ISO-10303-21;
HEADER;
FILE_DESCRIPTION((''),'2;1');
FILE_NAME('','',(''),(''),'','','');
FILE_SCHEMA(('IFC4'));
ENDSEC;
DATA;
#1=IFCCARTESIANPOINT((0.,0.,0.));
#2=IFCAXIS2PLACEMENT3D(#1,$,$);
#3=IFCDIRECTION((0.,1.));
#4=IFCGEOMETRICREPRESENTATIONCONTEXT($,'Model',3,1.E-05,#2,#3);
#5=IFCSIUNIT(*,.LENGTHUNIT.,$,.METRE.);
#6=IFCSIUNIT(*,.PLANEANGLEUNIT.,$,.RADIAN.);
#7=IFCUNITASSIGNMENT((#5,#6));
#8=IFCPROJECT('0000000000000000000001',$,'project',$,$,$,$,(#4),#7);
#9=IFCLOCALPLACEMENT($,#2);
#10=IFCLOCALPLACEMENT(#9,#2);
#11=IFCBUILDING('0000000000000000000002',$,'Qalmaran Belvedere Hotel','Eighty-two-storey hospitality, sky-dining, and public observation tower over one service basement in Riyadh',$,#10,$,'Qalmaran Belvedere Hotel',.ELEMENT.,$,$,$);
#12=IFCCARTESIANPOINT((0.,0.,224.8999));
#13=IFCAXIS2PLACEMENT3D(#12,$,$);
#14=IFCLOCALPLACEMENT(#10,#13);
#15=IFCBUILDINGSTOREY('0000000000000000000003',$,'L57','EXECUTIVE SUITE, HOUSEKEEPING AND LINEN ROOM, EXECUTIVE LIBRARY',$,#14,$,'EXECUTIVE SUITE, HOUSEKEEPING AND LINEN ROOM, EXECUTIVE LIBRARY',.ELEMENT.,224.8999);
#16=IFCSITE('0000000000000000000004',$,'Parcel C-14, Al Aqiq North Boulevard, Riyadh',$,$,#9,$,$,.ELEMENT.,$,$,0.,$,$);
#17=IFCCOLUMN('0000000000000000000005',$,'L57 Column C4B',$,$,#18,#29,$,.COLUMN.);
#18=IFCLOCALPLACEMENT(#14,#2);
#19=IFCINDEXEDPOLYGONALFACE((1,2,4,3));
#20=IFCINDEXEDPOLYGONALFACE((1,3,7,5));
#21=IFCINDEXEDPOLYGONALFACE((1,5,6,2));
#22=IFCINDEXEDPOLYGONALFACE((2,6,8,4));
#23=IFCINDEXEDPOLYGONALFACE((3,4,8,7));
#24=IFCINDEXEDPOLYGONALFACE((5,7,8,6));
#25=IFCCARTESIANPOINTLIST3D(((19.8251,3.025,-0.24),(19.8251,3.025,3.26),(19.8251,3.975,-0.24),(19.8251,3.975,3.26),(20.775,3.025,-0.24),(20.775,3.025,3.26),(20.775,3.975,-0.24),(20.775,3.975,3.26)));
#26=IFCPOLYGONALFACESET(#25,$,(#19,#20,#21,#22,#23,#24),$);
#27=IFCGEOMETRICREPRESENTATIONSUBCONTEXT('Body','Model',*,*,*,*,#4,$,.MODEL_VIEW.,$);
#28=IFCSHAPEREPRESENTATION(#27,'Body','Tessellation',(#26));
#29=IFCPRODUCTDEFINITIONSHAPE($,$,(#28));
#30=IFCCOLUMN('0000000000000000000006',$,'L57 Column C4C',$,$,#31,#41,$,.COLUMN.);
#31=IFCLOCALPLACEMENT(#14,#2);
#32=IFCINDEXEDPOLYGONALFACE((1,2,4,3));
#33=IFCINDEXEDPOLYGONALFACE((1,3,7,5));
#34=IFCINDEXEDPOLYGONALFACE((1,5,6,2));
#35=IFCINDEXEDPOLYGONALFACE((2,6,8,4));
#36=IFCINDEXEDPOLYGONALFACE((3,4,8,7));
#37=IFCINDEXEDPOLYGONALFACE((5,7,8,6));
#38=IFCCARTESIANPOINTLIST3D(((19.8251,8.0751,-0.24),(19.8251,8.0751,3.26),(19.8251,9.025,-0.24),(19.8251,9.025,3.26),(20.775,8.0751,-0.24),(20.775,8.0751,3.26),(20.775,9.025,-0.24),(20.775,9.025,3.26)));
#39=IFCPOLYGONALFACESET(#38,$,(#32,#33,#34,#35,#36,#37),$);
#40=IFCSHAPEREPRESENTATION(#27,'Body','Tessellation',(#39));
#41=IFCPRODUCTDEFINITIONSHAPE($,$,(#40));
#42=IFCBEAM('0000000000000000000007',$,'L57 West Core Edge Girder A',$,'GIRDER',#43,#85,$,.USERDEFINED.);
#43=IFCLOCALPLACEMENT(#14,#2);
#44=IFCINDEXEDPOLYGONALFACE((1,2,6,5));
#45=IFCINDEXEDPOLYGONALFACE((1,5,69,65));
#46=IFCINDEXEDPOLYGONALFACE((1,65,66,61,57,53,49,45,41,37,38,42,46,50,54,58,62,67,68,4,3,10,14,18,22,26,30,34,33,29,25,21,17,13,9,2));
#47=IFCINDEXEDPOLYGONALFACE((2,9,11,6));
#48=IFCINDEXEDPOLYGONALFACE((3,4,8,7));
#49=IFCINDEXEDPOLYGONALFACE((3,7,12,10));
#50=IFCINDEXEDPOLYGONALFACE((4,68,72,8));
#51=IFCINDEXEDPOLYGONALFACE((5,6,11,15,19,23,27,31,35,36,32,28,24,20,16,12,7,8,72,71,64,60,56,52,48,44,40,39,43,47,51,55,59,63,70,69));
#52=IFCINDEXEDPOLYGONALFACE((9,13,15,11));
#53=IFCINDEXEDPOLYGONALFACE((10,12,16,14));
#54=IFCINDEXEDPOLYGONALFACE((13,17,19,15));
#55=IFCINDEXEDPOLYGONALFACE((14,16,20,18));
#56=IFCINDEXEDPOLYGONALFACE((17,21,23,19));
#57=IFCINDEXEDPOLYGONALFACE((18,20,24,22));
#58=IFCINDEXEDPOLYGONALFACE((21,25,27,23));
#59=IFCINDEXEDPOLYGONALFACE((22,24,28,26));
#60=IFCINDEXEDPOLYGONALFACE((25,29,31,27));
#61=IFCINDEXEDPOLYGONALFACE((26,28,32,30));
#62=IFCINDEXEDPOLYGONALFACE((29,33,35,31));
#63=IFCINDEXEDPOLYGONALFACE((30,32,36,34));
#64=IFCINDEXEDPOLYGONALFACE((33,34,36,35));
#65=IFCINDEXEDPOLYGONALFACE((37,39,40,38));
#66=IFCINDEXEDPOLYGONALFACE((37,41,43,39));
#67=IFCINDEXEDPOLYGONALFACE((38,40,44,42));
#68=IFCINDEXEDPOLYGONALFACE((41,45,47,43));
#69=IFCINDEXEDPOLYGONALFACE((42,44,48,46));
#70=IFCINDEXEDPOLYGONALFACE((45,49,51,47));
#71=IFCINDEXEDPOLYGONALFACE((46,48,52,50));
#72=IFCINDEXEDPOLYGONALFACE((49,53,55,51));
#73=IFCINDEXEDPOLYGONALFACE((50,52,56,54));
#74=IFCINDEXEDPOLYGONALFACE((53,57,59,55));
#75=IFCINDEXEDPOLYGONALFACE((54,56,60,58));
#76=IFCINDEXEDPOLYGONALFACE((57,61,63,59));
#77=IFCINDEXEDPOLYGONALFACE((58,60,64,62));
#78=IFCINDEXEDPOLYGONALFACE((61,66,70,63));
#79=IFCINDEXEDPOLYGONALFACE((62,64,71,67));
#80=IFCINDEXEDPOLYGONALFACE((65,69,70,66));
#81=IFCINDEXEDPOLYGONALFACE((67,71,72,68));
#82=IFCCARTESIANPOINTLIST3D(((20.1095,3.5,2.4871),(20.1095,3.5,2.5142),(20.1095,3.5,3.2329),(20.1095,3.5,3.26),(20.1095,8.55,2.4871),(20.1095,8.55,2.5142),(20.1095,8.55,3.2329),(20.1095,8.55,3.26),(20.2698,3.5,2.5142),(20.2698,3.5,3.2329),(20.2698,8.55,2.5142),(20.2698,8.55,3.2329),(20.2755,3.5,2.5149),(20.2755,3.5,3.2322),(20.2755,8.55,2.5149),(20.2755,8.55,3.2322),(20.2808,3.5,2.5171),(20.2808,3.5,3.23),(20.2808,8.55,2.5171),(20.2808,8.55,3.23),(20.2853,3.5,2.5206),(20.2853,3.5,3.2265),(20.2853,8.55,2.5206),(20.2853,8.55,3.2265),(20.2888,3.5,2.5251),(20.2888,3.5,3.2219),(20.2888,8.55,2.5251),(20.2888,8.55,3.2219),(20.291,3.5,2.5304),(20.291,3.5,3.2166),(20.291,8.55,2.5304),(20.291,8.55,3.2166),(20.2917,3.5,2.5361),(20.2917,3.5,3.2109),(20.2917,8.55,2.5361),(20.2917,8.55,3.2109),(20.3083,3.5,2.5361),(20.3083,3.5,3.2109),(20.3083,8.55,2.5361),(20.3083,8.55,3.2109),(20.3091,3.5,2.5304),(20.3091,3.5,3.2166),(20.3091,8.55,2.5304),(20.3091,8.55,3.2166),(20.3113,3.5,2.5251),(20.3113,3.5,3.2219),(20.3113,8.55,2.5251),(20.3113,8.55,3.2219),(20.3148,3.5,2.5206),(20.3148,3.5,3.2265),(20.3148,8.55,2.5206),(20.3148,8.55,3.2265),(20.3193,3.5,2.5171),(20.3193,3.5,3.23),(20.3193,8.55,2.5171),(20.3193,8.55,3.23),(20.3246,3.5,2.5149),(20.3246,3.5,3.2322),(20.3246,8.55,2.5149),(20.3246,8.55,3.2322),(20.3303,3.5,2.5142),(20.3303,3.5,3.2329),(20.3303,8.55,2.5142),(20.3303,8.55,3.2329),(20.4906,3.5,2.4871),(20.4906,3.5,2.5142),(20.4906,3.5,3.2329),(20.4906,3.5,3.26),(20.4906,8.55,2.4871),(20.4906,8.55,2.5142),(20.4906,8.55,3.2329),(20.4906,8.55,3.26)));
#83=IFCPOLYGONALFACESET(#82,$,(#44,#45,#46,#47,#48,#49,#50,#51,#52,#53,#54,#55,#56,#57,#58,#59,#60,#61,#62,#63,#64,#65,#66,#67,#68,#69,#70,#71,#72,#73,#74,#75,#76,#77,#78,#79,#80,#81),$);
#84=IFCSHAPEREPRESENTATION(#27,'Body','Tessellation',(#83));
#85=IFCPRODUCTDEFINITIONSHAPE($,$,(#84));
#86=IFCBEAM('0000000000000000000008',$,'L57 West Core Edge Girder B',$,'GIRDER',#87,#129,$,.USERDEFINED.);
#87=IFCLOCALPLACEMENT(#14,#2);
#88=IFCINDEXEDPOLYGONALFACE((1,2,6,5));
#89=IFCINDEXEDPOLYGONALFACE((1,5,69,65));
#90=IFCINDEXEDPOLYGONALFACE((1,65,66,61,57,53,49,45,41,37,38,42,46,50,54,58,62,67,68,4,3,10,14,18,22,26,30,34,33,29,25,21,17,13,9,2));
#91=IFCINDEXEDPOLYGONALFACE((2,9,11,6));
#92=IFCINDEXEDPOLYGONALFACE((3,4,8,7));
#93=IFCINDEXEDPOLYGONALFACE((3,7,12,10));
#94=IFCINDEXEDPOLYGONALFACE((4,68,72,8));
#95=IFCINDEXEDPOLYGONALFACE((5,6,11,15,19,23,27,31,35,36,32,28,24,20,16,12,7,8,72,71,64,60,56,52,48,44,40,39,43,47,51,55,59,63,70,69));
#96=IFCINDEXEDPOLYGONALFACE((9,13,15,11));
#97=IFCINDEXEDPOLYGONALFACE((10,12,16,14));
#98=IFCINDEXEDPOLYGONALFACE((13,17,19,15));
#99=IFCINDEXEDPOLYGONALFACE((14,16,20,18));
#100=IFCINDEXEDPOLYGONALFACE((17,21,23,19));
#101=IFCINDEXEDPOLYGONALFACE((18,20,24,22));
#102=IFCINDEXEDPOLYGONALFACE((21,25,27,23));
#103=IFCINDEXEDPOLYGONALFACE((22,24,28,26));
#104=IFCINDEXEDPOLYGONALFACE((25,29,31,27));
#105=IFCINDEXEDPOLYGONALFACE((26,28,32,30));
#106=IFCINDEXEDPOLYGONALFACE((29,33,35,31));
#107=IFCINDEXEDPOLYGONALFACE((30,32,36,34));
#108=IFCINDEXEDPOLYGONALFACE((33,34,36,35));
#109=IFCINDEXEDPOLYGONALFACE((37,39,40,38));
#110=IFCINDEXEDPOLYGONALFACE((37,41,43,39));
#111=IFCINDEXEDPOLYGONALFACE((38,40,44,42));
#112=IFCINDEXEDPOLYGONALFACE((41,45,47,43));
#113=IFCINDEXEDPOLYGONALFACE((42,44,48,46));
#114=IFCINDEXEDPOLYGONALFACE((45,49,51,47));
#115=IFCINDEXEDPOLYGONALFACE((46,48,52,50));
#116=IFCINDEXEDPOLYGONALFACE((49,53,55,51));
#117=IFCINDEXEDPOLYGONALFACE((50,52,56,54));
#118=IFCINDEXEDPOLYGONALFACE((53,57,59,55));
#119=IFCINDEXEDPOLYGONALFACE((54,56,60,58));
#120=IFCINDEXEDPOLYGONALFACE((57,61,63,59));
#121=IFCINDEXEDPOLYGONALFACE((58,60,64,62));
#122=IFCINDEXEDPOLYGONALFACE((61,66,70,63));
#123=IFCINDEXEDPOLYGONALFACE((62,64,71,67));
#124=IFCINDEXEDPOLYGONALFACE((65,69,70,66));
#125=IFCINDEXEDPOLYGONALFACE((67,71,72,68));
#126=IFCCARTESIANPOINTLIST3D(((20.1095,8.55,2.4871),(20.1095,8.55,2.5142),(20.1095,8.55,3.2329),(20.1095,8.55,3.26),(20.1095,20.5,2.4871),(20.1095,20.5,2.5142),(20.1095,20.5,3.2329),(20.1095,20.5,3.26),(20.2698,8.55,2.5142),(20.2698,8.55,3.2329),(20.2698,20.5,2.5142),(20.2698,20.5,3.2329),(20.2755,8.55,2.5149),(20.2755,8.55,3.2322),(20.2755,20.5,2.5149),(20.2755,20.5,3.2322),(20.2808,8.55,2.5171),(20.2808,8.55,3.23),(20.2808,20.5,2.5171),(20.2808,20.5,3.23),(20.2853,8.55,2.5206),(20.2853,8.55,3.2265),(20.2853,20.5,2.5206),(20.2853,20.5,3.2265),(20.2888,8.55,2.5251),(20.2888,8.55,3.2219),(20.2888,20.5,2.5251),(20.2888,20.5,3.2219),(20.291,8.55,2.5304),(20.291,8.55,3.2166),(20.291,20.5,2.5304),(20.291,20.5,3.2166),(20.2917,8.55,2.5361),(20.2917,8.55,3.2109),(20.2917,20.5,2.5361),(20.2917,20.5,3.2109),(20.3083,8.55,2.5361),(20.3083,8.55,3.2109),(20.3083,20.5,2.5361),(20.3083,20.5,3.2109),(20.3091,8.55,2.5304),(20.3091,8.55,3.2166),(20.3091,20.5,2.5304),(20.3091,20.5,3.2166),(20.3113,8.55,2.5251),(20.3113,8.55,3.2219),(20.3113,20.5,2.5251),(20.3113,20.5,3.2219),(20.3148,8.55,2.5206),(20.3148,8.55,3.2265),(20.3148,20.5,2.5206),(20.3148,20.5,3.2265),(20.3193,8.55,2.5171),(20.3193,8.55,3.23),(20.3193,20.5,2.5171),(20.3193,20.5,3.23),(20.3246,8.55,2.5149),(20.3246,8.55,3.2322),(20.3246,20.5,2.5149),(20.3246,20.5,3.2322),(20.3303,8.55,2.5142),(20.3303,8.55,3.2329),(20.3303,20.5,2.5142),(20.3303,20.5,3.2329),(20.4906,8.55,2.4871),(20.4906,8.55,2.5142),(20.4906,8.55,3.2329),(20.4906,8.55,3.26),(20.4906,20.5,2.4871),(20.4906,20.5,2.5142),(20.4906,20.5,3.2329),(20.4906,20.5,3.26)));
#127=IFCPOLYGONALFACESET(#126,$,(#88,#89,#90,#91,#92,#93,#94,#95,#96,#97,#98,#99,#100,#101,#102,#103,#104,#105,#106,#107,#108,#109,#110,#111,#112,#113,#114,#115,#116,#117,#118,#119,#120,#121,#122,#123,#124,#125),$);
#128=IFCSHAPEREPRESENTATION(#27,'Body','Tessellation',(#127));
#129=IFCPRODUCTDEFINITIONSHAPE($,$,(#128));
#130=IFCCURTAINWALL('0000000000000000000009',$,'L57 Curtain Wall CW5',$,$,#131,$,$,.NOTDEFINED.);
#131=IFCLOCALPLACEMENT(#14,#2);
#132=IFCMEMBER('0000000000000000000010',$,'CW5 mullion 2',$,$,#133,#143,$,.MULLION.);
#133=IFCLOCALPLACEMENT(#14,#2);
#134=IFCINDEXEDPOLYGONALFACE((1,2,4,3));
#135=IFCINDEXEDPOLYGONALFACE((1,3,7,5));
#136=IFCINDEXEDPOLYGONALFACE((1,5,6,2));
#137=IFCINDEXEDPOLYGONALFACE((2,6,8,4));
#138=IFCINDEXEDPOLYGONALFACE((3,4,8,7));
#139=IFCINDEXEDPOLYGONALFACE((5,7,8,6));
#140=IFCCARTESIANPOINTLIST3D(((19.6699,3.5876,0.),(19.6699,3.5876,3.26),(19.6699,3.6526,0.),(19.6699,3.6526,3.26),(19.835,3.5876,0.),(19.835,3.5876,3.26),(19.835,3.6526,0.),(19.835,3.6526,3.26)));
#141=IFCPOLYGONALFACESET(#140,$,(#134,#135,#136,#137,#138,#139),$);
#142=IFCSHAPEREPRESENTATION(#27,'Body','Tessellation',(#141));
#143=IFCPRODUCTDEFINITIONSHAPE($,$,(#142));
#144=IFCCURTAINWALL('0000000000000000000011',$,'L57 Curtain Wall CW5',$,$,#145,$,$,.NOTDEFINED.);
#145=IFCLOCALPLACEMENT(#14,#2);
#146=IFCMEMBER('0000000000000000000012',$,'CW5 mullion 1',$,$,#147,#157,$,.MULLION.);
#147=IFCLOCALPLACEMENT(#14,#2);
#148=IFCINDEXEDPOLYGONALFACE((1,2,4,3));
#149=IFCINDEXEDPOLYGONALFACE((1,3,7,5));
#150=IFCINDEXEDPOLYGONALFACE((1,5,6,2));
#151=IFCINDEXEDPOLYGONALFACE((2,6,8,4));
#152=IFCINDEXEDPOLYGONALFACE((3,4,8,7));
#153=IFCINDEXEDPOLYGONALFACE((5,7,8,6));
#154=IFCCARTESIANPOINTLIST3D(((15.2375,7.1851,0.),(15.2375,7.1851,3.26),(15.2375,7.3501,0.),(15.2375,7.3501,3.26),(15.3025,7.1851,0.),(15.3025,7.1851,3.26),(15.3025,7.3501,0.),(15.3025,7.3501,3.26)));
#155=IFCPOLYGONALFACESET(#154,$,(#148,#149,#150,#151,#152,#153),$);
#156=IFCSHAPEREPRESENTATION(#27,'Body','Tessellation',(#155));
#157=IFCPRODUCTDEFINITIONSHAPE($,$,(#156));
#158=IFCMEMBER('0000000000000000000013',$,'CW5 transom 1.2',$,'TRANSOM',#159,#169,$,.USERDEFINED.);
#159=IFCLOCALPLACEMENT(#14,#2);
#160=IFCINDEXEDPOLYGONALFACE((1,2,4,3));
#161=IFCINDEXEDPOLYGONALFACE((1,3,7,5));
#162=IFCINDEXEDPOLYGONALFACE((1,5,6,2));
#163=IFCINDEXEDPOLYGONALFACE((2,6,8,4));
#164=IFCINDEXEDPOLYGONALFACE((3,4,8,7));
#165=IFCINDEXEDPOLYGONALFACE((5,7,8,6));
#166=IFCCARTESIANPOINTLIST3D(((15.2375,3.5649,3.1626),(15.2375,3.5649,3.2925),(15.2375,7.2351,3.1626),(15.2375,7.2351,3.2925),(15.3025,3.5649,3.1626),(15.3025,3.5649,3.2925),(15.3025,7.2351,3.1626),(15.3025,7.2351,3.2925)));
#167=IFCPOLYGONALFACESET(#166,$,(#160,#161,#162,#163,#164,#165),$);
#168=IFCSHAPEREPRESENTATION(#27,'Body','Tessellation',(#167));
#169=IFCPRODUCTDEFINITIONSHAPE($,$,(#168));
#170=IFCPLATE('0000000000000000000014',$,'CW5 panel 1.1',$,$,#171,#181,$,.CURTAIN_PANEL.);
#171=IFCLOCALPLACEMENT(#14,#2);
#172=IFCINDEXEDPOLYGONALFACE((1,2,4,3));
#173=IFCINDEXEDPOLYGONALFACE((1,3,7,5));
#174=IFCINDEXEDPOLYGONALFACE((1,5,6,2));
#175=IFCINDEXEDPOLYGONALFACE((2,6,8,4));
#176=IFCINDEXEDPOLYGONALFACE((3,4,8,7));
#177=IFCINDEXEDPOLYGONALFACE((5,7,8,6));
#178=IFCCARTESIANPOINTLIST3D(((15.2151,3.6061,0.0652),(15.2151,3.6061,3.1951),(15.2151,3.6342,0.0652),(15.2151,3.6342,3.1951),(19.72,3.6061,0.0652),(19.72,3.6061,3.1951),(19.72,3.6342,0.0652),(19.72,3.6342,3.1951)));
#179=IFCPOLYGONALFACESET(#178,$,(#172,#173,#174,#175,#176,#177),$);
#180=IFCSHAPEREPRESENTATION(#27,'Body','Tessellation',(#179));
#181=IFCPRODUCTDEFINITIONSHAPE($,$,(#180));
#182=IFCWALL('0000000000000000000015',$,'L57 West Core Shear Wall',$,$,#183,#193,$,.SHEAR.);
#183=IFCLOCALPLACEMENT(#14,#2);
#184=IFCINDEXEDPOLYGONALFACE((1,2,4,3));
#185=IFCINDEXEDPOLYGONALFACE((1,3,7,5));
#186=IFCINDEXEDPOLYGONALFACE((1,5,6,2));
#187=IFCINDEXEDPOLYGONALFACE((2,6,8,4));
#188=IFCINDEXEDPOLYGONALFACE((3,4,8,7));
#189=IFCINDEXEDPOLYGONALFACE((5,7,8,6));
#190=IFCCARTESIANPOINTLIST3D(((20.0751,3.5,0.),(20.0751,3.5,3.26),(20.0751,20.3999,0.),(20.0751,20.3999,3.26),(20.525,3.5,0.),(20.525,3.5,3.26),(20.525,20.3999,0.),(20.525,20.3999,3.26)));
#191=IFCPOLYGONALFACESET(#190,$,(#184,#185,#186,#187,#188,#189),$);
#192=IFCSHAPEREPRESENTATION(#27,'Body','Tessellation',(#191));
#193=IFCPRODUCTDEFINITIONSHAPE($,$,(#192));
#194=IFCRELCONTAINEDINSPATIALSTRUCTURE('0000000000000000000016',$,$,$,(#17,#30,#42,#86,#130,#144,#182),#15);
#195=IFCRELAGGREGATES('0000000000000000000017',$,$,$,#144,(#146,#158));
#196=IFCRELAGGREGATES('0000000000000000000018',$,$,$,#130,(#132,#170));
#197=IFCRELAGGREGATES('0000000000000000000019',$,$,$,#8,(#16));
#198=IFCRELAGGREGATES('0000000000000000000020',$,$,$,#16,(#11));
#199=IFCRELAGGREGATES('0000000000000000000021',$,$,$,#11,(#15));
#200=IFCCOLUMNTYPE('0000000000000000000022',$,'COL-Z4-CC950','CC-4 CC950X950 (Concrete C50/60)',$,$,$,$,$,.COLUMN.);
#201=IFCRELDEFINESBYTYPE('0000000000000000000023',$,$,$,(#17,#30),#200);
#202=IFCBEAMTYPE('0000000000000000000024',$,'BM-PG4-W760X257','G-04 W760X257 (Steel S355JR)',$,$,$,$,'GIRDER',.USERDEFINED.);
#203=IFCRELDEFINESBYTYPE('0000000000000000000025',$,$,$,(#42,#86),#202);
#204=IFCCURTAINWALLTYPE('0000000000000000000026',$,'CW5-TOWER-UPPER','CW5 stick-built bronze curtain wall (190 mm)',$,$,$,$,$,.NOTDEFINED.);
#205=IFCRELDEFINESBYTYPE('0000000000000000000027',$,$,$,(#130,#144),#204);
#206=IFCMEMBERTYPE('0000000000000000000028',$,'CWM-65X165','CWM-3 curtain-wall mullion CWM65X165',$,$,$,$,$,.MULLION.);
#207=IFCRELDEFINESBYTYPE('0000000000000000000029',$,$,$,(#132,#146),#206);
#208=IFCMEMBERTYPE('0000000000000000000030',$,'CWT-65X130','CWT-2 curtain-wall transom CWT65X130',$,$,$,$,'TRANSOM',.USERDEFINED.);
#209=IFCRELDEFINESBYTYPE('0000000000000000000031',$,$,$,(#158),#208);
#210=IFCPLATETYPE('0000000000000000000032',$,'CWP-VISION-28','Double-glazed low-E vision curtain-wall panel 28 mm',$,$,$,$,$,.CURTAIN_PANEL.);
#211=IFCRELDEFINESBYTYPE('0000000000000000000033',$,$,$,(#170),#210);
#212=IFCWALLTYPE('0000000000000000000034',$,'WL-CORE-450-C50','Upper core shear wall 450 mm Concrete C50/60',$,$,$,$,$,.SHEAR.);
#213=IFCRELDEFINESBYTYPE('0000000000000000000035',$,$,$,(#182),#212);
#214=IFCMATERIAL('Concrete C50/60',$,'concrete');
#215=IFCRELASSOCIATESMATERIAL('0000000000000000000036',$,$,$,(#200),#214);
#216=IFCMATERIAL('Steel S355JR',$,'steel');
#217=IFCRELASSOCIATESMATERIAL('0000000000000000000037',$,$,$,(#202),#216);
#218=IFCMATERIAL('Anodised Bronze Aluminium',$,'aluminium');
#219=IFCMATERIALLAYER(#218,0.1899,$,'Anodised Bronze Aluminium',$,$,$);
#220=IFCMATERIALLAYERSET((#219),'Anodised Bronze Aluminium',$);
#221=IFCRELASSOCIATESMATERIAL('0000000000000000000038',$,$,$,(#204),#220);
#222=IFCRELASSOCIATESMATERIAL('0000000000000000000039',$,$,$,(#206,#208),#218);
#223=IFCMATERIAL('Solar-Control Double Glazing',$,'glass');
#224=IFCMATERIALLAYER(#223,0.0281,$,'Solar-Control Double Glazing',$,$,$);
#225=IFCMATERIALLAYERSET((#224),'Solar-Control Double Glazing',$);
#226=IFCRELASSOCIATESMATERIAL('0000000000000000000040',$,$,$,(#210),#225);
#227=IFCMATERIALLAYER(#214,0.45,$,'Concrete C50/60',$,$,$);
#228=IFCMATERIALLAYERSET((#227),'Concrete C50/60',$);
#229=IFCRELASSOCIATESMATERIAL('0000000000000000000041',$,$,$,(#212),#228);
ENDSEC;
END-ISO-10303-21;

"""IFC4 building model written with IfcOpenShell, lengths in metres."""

from ifc_helpers import new_model, si_unit, direction, frame, frame_2d, origin, origin_2d, place, context, subcontext, project, spatial, rectangle, i_section, extrude, material, layer, layer_set, material_profile, profile_set, type_object, element, aggregate, save


model = new_model("IFC4")

# Units and contexts
model_context = context("Model", 3, precision=1e-05, world=origin(), true_north=direction((0.0, 1.0)))
body_context = subcontext(model_context, "Body", "Model", "MODEL_VIEW")
ifc_project = project(units=[si_unit("LENGTHUNIT", "METRE"), si_unit("PLANEANGLEUNIT", "RADIAN")], contexts=[model_context])

# Site, building, storey
site_placement = place(None, origin())
site = spatial("IfcSite", under=ifc_project, at=site_placement, Name="Parcel C-14, Al Aqiq North Boulevard, Riyadh", CompositionType="ELEMENT", RefElevation=0.0)
building_placement = place(site_placement, origin())
building = spatial("IfcBuilding", under=site, at=building_placement, Name="Qalmaran Belvedere Hotel", Description="Eighty-two-storey hospitality, sky-dining, and public observation tower over one service basement in Riyadh", LongName="Qalmaran Belvedere Hotel", CompositionType="ELEMENT")
storey_placement = place(building_placement, frame((0.0, 0.0, 224.8999)))
storey = spatial("IfcBuildingStorey", under=building, at=storey_placement, Name="L57", Description="EXECUTIVE SUITE, HOUSEKEEPING AND LINEN ROOM, EXECUTIVE LIBRARY", LongName="EXECUTIVE SUITE, HOUSEKEEPING AND LINEN ROOM, EXECUTIVE LIBRARY", CompositionType="ELEMENT", Elevation=224.8999)

# Columns
ifc_material_1 = material(Name="Concrete C50/60", Category="concrete")
ifc_material_profile_1 = material_profile(ifc_material_1, rectangle(XDim=0.95, YDim=0.95, at=origin_2d()), Name="CC950X950")
ifc_profile_set_1 = profile_set([ifc_material_profile_1], Name="Concrete C50/60")
column_type = type_object("IfcColumnType", Name="COL-Z4-CC950", Description="CC-4 CC950X950 (Concrete C50/60)", PredefinedType="COLUMN", material=ifc_profile_set_1)
for number, where, z_axis, x_axis, name in (
    (1, (20.3, 3.5, -0.24), (0.0, 0.0, 1.0), (1.0, 0.0, 0.0), "L57 Column C4B"),
    (2, (20.3, 8.55, -0.24), (0.0, 0.0, 1.0), (1.0, 0.0, 0.0), "L57 Column C4C"),
):
    element("IfcColumn", number, at=place(storey_placement, frame(where, z_axis=z_axis, x_axis=x_axis)), inside=storey, type_object=column_type, Name=name, PredefinedType="COLUMN", context=body_context, shape_type="SweptSolid", body=[
        extrude(rectangle(XDim=0.95, YDim=0.95, at=origin_2d()), origin(), (0.0, 0.0, 1.0), 3.5),
    ])

# Beams
ifc_material_2 = material(Name="Steel S355JR", Category="steel")
ifc_material_profile_2 = material_profile(ifc_material_2, i_section(OverallWidth=0.3811, OverallDepth=0.7729, WebThickness=0.0166, FlangeThickness=0.0271, FilletRadius=0.022, at=origin_2d()), Name="W760X257")
ifc_profile_set_2 = profile_set([ifc_material_profile_2], Name="Steel S355JR")
beam_type = type_object("IfcBeamType", Name="BM-PG4-W760X257", Description="G-04 W760X257 (Steel S355JR)", ElementType="GIRDER", PredefinedType="USERDEFINED", material=ifc_profile_set_2)
beam_1_placement = place(storey_placement, frame((20.3, 3.5, 2.8735), z_axis=(0.0, 1.0, 0.0), x_axis=(-1.0, 0.0, 0.0)))
element("IfcBeam", 3, at=beam_1_placement, inside=storey, type_object=beam_type, Name="L57 West Core Edge Girder A", ObjectType="GIRDER", PredefinedType="USERDEFINED", context=body_context, shape_type="SweptSolid", body=[
    extrude(i_section(OverallWidth=0.3811, OverallDepth=0.7729, WebThickness=0.0166, FlangeThickness=0.0271, FilletRadius=0.022, at=origin_2d()), origin(), (0.0, 0.0, 1.0), 5.05),
])
beam_2_placement = place(storey_placement, frame((20.3, 8.55, 2.8735), z_axis=(0.0, 1.0, 0.0), x_axis=(-1.0, 0.0, 0.0)))
element("IfcBeam", 4, at=beam_2_placement, inside=storey, type_object=beam_type, Name="L57 West Core Edge Girder B", ObjectType="GIRDER", PredefinedType="USERDEFINED", context=body_context, shape_type="SweptSolid", body=[
    extrude(i_section(OverallWidth=0.3811, OverallDepth=0.7729, WebThickness=0.0166, FlangeThickness=0.0271, FilletRadius=0.022, at=origin_2d()), origin(), (0.0, 0.0, 1.0), 11.95),
])

# Curtain wall, member
ifc_material_3 = material(Name="Anodised Bronze Aluminium", Category="aluminium")
ifc_layer_1 = layer(ifc_material_3, 0.1899, Name="Anodised Bronze Aluminium")
ifc_layer_set_1 = layer_set([ifc_layer_1], Name="Anodised Bronze Aluminium")
curtain_wall_type = type_object("IfcCurtainWallType", Name="CW5-TOWER-UPPER", Description="CW5 stick-built bronze curtain wall (190 mm)", PredefinedType="NOTDEFINED", material=ifc_layer_set_1)
curtain_wall_1_placement = place(storey_placement, origin())
curtain_wall_1 = element("IfcCurtainWall", 5, at=curtain_wall_1_placement, inside=storey, type_object=curtain_wall_type, Name="L57 Curtain Wall CW5", PredefinedType="NOTDEFINED")
ifc_material_profile_3 = material_profile(ifc_material_3, rectangle(XDim=0.0649, YDim=0.165, at=origin_2d()), Name="CWM65X165")
ifc_profile_set_3 = profile_set([ifc_material_profile_3], Name="Anodised Bronze Aluminium")
member_type_1 = type_object("IfcMemberType", Name="CWM-65X165", Description="CWM-3 curtain-wall mullion CWM65X165", PredefinedType="MULLION", material=ifc_profile_set_3)
member_1_placement = place(storey_placement, frame((19.7524, 3.6201, 0.0), z_axis=(0.0, 0.0, 1.0), x_axis=(0.0, 1.0, 0.0)))
member_1 = element("IfcMember", 6, at=member_1_placement, type_object=member_type_1, Name="CW5 mullion 2", PredefinedType="MULLION", context=body_context, shape_type="SweptSolid", body=[
    extrude(rectangle(XDim=0.0649, YDim=0.165, at=origin_2d()), origin(), (0.0, 0.0, 1.0), 3.26),
])

# Curtain wall, members
curtain_wall_2_placement = place(storey_placement, origin())
curtain_wall_2 = element("IfcCurtainWall", 7, at=curtain_wall_2_placement, inside=storey, type_object=curtain_wall_type, Name="L57 Curtain Wall CW5", PredefinedType="NOTDEFINED")
member_2_placement = place(storey_placement, frame((15.27, 7.2676, 0.0), z_axis=(0.0, 0.0, 1.0), x_axis=(1.0, 0.0, 0.0)))
member_2 = element("IfcMember", 8, at=member_2_placement, type_object=member_type_1, Name="CW5 mullion 1", PredefinedType="MULLION", context=body_context, shape_type="SweptSolid", body=[
    extrude(rectangle(XDim=0.0649, YDim=0.165, at=origin_2d()), origin(), (0.0, 0.0, 1.0), 3.26),
])
ifc_material_profile_4 = material_profile(ifc_material_3, rectangle(XDim=0.0649, YDim=0.1299, at=origin_2d()), Name="CWT65X130")
ifc_profile_set_4 = profile_set([ifc_material_profile_4], Name="Anodised Bronze Aluminium")
member_type_2 = type_object("IfcMemberType", Name="CWT-65X130", Description="CWT-2 curtain-wall transom CWT65X130", ElementType="TRANSOM", PredefinedType="USERDEFINED", material=ifc_profile_set_4)
member_3_placement = place(storey_placement, frame((15.27, 7.2351, 3.2275), z_axis=(0.0, -1.0, 0.0), x_axis=(1.0, 0.0, 0.0)))
member_3 = element("IfcMember", 9, at=member_3_placement, type_object=member_type_2, Name="CW5 transom 1.2", ObjectType="TRANSOM", PredefinedType="USERDEFINED", context=body_context, shape_type="SweptSolid", body=[
    extrude(rectangle(XDim=0.0649, YDim=0.1299, at=origin_2d()), origin(), (0.0, 0.0, 1.0), 3.6702),
])
aggregate(curtain_wall_2, [member_2, member_3])

# Plate
ifc_material_4 = material(Name="Solar-Control Double Glazing", Category="glass")
ifc_layer_2 = layer(ifc_material_4, 0.0281, Name="Solar-Control Double Glazing")
ifc_layer_set_2 = layer_set([ifc_layer_2], Name="Solar-Control Double Glazing")
plate_type = type_object("IfcPlateType", Name="CWP-VISION-28", Description="Double-glazed low-E vision curtain-wall panel 28 mm", PredefinedType="CURTAIN_PANEL", material=ifc_layer_set_2)
plate_placement = place(storey_placement, frame((17.4675, 3.6201, 0.0652), z_axis=(0.0, 0.0, 1.0), x_axis=(1.0, 0.0, 0.0)))
plate = element("IfcPlate", 10, at=plate_placement, type_object=plate_type, Name="CW5 panel 1.1", PredefinedType="CURTAIN_PANEL", context=body_context, shape_type="SweptSolid", body=[
    extrude(rectangle(XDim=4.5049, YDim=0.0281, at=origin_2d()), origin(), (0.0, 0.0, 1.0), 3.1299),
])
aggregate(curtain_wall_1, [member_1, plate])

# Wall
ifc_layer_3 = layer(ifc_material_1, 0.45, Name="Concrete C50/60")
ifc_layer_set_3 = layer_set([ifc_layer_3], Name="Concrete C50/60")
wall_type_1 = type_object("IfcWallType", Name="WL-CORE-450-C50", Description="Upper core shear wall 450 mm Concrete C50/60", PredefinedType="SHEAR", material=ifc_layer_set_3)
wall_1_placement = place(storey_placement, frame((20.3, 3.5, 0.0), z_axis=(0.0, 0.0, 1.0), x_axis=(0.0, 1.0, 0.0)))
element("IfcWall", 11, at=wall_1_placement, inside=storey, type_object=wall_type_1, Name="L57 West Core Shear Wall", PredefinedType="SHEAR", context=body_context, shape_type="SweptSolid", body=[
    extrude(rectangle(XDim=16.8999, YDim=0.45, at=frame_2d((8.45, 0.0))), origin(), (0.0, 0.0, 1.0), 3.26),
])

save(model, "model.ifc")
